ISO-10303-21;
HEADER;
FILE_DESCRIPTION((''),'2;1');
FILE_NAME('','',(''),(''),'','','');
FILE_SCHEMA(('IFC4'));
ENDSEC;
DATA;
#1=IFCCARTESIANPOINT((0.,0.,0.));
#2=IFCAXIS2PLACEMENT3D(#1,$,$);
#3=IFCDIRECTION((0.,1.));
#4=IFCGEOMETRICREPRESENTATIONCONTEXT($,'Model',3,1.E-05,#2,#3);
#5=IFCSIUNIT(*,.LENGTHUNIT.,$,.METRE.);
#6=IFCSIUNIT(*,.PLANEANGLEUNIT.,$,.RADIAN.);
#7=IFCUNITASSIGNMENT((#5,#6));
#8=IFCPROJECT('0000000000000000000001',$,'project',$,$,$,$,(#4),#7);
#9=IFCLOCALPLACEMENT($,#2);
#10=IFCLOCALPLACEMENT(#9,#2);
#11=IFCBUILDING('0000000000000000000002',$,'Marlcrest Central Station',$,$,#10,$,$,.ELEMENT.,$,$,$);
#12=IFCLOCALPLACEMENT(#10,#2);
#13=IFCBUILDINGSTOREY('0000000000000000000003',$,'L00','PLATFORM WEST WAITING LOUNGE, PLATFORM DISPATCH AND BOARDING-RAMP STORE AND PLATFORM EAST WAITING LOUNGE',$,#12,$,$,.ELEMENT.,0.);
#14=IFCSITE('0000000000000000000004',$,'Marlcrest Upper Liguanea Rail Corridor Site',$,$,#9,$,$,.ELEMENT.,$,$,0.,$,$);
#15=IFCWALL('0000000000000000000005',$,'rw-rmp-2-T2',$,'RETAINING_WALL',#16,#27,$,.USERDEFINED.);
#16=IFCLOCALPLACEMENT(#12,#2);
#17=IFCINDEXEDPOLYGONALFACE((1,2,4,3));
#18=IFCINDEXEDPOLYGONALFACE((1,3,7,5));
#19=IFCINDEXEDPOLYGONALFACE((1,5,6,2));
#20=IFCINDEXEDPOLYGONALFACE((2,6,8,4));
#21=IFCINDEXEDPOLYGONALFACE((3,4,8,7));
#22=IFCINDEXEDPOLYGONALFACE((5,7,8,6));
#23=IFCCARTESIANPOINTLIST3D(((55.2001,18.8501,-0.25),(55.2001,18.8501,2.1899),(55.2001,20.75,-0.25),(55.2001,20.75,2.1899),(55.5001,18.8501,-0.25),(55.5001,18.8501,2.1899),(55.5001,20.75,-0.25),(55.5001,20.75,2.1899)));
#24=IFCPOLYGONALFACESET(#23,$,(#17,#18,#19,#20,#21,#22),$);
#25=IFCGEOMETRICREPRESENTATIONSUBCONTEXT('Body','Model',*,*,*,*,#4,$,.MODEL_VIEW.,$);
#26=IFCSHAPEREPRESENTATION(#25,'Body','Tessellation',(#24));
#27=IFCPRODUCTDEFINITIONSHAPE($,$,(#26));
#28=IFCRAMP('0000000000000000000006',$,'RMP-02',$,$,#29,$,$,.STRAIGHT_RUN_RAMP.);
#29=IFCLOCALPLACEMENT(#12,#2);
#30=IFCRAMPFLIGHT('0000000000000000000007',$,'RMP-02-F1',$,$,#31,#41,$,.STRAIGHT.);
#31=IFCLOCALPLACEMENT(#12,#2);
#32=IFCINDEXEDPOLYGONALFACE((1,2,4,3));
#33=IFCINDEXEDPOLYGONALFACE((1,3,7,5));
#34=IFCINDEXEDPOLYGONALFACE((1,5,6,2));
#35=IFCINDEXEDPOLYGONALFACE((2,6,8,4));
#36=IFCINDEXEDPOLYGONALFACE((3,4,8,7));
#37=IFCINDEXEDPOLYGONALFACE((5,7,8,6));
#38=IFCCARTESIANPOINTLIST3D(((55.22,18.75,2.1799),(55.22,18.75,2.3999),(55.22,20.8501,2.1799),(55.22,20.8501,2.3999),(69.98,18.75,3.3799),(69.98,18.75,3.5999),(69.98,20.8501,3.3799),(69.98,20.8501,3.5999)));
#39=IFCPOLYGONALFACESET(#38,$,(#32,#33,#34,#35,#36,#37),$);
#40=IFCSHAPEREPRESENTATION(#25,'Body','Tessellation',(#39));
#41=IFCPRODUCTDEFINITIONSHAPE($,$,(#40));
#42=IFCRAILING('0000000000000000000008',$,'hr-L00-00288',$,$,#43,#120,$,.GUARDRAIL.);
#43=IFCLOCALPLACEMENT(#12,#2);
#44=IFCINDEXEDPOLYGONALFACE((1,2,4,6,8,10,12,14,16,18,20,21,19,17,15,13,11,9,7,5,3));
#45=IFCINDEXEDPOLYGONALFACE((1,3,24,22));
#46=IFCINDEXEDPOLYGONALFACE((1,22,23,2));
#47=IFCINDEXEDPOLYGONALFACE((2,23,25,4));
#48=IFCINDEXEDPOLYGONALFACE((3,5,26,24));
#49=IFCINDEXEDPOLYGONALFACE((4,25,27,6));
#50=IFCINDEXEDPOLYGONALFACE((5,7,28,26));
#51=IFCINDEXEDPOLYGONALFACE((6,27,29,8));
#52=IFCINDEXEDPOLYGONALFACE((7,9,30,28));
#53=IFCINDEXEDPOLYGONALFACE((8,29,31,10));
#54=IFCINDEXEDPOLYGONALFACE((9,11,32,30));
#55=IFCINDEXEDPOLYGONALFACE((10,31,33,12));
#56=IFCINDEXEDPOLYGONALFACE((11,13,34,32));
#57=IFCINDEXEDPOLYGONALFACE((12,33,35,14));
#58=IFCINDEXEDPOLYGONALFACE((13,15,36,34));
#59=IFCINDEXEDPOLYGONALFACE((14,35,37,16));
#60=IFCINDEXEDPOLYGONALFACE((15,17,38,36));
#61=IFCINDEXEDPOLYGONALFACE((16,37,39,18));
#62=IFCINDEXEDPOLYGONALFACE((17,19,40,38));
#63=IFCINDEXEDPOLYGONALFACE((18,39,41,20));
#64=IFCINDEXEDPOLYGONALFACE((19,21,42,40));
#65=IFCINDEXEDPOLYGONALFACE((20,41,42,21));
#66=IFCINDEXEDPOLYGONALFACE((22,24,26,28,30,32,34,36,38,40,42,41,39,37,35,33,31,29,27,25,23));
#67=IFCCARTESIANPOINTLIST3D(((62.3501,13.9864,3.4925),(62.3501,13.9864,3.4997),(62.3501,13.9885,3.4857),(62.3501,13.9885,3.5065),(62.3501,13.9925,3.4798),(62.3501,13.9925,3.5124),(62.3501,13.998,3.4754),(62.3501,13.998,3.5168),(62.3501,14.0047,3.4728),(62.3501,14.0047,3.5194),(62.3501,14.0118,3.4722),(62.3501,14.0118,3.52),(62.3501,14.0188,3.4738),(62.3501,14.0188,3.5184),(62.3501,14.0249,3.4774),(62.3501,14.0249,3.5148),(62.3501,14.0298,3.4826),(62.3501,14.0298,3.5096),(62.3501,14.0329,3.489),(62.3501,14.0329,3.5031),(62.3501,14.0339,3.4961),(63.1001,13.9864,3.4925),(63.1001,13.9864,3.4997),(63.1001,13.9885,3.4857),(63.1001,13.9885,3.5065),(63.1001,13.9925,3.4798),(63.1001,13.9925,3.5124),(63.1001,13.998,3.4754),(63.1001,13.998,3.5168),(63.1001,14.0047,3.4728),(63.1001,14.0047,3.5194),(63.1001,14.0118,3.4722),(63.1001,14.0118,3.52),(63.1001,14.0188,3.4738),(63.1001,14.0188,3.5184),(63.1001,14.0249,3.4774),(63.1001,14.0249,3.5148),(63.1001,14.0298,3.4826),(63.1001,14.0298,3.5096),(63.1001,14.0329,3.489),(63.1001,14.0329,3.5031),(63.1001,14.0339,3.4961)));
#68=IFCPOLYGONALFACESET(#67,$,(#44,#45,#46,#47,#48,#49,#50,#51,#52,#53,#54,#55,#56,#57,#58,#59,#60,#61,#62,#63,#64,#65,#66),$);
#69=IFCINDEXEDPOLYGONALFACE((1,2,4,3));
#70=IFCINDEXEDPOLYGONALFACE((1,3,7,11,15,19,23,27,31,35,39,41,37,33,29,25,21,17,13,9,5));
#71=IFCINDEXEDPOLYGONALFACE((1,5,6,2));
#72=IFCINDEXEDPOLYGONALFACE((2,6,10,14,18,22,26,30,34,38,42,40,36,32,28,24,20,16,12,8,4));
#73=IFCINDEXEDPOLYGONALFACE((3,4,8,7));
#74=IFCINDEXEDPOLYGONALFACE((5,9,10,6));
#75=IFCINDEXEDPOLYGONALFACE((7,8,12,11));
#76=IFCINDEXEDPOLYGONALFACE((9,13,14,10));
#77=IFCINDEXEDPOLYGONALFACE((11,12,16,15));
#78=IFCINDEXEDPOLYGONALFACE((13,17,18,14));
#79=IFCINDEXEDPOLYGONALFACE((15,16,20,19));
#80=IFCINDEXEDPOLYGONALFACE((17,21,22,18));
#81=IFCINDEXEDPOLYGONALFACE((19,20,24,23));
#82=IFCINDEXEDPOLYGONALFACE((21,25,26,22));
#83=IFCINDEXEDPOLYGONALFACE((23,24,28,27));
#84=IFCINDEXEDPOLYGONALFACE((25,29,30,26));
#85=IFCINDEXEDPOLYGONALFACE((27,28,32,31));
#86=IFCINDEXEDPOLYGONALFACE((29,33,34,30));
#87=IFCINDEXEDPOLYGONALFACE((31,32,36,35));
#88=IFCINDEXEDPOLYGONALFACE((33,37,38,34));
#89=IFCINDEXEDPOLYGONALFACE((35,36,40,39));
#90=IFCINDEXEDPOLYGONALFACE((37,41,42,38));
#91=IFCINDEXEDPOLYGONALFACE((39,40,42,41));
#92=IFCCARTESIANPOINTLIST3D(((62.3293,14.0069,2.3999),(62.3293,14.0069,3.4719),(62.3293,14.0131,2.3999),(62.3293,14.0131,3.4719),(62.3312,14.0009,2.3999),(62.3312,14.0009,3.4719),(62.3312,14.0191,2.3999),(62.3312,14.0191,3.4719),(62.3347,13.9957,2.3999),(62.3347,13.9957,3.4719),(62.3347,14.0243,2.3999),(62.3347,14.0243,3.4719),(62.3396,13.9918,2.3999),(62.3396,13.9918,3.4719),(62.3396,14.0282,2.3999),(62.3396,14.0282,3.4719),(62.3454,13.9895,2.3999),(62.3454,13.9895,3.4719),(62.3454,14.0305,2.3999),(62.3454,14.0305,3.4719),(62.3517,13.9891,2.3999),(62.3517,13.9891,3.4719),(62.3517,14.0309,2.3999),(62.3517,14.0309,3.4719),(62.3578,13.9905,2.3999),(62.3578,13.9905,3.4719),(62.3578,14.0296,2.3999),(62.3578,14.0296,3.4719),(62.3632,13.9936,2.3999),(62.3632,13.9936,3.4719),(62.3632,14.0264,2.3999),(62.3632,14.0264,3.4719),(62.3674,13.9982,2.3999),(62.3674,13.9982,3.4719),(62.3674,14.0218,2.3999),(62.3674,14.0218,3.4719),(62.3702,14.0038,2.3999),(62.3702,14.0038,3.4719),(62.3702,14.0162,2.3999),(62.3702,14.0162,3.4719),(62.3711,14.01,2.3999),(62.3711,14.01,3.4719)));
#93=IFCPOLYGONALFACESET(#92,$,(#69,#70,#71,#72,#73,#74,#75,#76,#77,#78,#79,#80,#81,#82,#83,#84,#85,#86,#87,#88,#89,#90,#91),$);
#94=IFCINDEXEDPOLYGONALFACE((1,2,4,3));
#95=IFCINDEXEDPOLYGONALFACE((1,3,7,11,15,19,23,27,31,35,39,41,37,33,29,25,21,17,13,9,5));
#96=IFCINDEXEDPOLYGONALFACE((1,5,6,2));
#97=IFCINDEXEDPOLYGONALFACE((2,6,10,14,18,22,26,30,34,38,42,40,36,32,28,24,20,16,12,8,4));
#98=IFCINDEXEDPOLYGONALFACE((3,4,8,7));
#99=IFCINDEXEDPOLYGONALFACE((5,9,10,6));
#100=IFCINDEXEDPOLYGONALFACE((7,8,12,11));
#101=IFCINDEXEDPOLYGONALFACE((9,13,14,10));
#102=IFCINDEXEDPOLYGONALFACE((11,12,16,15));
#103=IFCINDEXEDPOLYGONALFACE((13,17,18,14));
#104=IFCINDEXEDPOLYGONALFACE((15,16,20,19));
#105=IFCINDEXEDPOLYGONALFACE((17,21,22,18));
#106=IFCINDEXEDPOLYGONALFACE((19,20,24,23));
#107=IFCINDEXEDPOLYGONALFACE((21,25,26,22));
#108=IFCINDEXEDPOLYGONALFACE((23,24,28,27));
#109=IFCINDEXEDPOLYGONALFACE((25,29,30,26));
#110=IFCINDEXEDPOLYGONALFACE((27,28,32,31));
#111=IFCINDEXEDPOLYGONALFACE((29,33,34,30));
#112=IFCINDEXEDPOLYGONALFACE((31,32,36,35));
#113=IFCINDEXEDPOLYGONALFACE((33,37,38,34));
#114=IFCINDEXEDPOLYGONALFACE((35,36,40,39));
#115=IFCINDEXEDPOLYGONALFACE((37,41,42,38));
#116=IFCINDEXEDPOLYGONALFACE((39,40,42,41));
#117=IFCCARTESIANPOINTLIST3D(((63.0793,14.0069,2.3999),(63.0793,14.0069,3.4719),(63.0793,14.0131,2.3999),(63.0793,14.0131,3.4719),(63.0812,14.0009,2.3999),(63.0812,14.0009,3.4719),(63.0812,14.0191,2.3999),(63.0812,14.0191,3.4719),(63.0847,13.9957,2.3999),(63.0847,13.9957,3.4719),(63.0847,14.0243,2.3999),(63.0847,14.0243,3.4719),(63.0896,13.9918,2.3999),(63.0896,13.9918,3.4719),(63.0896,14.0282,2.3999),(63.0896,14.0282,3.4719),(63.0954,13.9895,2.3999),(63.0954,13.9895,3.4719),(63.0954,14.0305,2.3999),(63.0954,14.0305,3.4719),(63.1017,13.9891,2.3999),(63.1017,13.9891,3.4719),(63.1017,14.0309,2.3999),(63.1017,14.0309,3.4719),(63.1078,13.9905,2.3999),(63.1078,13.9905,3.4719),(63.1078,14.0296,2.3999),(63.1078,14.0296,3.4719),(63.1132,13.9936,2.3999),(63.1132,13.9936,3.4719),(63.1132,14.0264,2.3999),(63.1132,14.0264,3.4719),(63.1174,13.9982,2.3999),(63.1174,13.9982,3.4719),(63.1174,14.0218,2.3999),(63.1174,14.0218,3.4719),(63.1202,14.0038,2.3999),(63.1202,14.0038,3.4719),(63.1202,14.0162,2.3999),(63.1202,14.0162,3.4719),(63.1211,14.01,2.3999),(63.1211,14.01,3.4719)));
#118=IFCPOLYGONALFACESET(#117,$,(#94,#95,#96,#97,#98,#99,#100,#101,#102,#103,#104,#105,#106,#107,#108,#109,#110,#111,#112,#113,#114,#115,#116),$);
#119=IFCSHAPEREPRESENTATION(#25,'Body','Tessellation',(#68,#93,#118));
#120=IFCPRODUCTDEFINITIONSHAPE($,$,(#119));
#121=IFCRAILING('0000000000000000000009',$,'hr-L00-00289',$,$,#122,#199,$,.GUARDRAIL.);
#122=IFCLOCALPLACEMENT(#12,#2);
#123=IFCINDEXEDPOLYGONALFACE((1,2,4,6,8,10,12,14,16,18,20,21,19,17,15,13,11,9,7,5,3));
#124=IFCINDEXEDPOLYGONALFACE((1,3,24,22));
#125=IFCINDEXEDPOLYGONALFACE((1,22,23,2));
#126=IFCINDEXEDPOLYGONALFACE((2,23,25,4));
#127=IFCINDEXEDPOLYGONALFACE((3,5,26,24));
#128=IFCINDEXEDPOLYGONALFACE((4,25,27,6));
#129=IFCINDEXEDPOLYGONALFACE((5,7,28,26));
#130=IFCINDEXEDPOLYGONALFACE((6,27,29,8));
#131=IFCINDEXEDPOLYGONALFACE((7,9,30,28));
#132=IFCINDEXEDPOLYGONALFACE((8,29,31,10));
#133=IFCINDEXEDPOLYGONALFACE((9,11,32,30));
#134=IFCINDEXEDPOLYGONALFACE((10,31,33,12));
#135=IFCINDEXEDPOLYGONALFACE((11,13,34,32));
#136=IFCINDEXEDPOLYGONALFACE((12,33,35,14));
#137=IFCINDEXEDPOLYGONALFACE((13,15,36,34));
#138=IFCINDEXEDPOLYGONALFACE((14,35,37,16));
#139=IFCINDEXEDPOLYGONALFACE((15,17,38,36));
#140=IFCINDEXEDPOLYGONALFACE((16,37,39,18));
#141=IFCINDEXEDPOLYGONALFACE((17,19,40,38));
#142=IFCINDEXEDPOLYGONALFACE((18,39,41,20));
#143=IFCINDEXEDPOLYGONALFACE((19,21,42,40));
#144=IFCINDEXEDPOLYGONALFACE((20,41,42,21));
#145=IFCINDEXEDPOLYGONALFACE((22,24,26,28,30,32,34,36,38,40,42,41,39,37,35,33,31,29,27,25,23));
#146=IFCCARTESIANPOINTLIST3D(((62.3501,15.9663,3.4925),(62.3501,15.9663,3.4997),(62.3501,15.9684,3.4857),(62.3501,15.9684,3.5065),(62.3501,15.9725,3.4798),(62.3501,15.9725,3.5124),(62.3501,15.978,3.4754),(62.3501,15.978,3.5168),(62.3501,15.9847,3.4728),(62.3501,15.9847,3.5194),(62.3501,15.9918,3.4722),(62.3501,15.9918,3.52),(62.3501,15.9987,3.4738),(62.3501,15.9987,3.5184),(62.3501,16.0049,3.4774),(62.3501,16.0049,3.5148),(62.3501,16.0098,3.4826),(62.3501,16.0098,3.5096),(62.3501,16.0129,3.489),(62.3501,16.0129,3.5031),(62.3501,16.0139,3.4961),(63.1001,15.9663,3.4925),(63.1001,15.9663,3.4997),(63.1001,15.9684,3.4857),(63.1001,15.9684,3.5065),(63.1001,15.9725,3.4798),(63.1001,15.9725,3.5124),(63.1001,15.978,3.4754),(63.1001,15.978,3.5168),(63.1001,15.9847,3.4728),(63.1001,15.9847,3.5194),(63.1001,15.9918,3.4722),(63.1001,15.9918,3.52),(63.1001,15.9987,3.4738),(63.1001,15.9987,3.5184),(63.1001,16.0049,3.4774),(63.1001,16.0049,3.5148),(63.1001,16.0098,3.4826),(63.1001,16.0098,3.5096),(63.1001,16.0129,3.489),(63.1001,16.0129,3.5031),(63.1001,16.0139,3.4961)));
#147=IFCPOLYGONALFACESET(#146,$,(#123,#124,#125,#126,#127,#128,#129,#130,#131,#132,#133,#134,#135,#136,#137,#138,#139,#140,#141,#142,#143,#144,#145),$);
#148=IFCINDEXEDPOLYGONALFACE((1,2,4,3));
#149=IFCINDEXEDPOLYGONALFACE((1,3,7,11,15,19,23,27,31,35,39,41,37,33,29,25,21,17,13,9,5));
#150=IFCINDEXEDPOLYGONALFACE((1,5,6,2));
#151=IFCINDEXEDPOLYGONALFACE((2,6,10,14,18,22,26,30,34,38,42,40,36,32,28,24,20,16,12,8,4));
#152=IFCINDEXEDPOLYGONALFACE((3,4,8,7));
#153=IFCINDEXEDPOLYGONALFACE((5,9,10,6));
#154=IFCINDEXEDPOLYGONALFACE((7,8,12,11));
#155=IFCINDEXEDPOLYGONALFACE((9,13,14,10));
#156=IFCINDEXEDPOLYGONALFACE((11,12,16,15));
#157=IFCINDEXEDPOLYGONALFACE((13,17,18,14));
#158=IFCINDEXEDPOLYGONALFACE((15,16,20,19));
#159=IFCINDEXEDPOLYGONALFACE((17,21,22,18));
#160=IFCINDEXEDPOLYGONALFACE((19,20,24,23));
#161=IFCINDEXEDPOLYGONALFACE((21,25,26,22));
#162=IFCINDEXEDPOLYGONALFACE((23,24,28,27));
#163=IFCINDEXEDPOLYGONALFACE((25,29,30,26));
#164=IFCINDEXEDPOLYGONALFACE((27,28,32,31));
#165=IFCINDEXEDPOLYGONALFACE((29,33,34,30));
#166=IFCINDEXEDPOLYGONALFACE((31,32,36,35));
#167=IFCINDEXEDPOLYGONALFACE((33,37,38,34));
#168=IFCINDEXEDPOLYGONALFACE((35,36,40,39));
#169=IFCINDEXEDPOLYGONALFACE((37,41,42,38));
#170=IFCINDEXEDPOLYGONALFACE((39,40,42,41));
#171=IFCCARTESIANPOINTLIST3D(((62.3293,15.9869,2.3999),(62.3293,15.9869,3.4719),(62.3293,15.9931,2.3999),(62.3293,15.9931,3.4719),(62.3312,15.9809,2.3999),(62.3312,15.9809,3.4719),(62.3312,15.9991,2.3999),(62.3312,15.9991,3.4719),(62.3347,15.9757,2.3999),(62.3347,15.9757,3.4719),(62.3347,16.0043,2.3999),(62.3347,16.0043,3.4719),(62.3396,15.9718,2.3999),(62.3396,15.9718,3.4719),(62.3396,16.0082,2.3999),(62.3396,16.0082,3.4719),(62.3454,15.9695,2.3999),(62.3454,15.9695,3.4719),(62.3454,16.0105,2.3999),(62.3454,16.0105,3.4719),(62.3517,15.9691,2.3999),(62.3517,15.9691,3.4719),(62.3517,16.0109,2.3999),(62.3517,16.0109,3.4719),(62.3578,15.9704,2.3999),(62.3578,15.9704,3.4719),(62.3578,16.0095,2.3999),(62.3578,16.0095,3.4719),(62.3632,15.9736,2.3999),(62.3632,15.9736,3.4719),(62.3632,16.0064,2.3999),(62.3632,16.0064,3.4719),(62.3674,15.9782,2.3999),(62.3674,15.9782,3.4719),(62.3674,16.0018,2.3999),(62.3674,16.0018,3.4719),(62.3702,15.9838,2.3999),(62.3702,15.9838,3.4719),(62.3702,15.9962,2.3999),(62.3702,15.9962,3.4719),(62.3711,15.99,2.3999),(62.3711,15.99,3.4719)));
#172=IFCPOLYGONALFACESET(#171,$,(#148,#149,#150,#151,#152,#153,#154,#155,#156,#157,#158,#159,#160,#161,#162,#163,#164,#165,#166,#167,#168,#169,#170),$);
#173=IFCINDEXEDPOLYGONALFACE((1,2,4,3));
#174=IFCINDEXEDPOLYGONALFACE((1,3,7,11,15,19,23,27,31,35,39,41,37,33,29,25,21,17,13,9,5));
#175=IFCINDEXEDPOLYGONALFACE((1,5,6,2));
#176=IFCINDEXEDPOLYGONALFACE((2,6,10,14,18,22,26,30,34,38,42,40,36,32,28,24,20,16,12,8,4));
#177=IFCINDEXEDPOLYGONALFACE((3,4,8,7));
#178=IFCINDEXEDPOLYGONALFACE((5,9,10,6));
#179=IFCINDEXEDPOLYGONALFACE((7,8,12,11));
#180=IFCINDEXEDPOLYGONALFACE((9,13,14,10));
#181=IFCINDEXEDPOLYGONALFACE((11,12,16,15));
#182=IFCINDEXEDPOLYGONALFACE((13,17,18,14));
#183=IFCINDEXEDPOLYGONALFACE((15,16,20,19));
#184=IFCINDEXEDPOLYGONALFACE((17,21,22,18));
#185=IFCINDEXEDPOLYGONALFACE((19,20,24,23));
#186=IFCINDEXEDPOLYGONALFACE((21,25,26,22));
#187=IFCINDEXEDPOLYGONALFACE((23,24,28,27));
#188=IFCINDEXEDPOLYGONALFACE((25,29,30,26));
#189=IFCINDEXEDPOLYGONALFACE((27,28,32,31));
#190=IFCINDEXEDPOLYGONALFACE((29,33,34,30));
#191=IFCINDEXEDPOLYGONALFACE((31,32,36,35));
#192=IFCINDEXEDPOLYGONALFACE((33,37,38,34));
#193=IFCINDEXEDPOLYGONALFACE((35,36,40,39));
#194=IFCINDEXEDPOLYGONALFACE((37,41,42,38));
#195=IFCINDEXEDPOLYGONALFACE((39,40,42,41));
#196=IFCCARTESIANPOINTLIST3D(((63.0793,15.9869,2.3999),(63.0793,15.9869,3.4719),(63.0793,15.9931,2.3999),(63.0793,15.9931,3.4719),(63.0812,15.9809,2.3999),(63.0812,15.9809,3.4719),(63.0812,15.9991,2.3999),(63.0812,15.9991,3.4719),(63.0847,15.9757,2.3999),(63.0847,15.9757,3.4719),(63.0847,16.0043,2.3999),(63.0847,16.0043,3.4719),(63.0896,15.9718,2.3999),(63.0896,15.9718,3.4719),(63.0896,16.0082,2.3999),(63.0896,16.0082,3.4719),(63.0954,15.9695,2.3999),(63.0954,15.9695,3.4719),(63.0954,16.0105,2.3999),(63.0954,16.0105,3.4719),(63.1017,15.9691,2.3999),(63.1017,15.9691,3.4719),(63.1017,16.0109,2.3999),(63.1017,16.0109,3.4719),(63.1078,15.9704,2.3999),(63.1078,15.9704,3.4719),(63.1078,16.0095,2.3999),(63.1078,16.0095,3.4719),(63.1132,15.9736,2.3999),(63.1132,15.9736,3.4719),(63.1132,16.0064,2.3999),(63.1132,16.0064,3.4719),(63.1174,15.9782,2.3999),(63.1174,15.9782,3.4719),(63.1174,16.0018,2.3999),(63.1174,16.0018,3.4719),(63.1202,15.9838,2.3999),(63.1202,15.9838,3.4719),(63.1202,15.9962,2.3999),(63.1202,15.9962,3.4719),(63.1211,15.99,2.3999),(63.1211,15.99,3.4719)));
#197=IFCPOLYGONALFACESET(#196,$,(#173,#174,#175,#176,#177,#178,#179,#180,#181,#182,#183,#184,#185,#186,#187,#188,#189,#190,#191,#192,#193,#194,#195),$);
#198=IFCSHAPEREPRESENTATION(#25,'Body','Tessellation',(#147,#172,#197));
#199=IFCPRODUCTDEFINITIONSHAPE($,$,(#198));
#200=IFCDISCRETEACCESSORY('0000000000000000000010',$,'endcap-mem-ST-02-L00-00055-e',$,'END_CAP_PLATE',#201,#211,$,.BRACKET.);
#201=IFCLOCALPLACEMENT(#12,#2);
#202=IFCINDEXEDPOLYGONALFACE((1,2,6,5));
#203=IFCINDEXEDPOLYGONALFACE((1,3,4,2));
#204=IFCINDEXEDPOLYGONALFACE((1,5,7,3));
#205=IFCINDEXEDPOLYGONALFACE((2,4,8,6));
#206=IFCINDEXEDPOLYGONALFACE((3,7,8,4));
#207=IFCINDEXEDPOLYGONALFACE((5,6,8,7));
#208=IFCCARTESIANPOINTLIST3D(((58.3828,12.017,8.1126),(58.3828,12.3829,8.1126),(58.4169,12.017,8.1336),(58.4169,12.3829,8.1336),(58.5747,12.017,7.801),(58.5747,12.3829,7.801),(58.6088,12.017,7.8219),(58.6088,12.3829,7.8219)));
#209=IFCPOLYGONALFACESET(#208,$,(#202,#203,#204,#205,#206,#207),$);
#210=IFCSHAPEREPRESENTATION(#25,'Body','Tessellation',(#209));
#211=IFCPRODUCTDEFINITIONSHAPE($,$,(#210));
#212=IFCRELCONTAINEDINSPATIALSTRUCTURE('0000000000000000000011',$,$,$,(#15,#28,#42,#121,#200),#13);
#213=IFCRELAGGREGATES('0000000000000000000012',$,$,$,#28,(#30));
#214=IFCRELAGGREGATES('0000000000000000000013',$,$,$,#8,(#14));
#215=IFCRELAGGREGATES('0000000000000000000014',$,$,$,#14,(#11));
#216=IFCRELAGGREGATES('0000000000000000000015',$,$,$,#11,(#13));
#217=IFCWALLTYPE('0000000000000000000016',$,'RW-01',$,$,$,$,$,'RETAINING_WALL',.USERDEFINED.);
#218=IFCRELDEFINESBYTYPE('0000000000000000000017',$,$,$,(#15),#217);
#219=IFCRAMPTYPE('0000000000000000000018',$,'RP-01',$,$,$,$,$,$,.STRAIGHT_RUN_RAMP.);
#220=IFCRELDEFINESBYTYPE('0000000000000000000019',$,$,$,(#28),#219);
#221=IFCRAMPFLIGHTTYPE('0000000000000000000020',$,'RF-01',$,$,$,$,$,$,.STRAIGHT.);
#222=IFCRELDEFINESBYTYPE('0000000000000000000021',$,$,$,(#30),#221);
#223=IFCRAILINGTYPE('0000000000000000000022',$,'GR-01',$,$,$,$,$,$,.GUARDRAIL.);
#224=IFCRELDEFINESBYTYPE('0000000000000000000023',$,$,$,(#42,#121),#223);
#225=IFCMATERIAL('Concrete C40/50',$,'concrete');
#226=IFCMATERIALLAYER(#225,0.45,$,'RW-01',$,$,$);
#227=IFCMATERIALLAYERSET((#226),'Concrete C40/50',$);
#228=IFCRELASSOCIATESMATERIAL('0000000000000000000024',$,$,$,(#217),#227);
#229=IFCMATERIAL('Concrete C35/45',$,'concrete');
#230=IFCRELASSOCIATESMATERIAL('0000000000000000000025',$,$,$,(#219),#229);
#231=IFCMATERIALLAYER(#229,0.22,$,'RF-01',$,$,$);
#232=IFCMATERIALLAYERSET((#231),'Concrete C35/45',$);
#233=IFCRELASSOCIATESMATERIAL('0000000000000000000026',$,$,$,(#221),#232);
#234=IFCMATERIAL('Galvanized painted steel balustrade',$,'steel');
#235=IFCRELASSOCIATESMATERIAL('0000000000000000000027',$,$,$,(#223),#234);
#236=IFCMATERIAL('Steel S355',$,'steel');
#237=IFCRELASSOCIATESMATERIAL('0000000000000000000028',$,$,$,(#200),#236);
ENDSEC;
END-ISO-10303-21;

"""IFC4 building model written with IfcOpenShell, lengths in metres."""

from ifc_helpers import new_model, si_unit, direction, frame, frame_2d, origin, origin_2d, place, context, subcontext, project, spatial, polyline, rectangle, circle, outline, extrude, material, layer, layer_set, type_object, element, aggregate, save


model = new_model("IFC4")

# Units and contexts
model_context = context("Model", 3, precision=1e-05, world=origin(), true_north=direction((0.0, 1.0)))
body_context = subcontext(model_context, "Body", "Model", "MODEL_VIEW")
ifc_project = project(units=[si_unit("LENGTHUNIT", "METRE"), si_unit("PLANEANGLEUNIT", "RADIAN")], contexts=[model_context])

# Site, building, storey
site_placement = place(None, origin())
site = spatial("IfcSite", under=ifc_project, at=site_placement, Name="Marlcrest Upper Liguanea Rail Corridor Site", CompositionType="ELEMENT", RefElevation=0.0)
building_placement = place(site_placement, origin())
building = spatial("IfcBuilding", under=site, at=building_placement, Name="Marlcrest Central Station", CompositionType="ELEMENT")
storey_placement = place(building_placement, origin())
storey = spatial("IfcBuildingStorey", under=building, at=storey_placement, Name="L00", Description="PLATFORM WEST WAITING LOUNGE, PLATFORM DISPATCH AND BOARDING-RAMP STORE AND PLATFORM EAST WAITING LOUNGE", CompositionType="ELEMENT", Elevation=0.0)

# Shared definitions
ifc_material_1 = material(Name="Concrete C35/45", Category="concrete")

# Shared definitions
ifc_material_2 = material(Name="Concrete C40/50", Category="concrete")

# Shared definitions
ifc_material_3 = material(Name="Steel S355", Category="steel")

# Wall
ifc_layer_1 = layer(ifc_material_2, 0.45, Name="RW-01")
ifc_layer_set_1 = layer_set([ifc_layer_1], Name="Concrete C40/50")
wall_type_1 = type_object("IfcWallType", Name="RW-01", ElementType="RETAINING_WALL", PredefinedType="USERDEFINED", material=ifc_layer_set_1)
wall_1_placement = place(storey_placement, frame((55.3501, 18.8501, -0.25), z_axis=(0.0, 0.0, 1.0), x_axis=(0.0, 1.0, 0.0)))
element("IfcWall", 1, at=wall_1_placement, inside=storey, type_object=wall_type_1, Name="rw-rmp-2-T2", ObjectType="RETAINING_WALL", PredefinedType="USERDEFINED", context=body_context, shape_type="SweptSolid", body=[
    extrude(rectangle(XDim=1.8999, YDim=0.3, at=frame_2d((0.95, 0.0))), origin(), (0.0, 0.0, 1.0), 2.4399),
])

# Ramp, ramp flight
ramp_type = type_object("IfcRampType", Name="RP-01", PredefinedType="STRAIGHT_RUN_RAMP", material=ifc_material_1)
ramp_placement = place(storey_placement, origin())
ramp = element("IfcRamp", 2, at=ramp_placement, inside=storey, type_object=ramp_type, Name="RMP-02", PredefinedType="STRAIGHT_RUN_RAMP")
ifc_layer_2 = layer(ifc_material_1, 0.22, Name="RF-01")
ifc_layer_set_2 = layer_set([ifc_layer_2], Name="Concrete C35/45")
ramp_flight_type = type_object("IfcRampFlightType", Name="RF-01", PredefinedType="STRAIGHT", material=ifc_layer_set_2)
ramp_flight_placement = place(storey_placement, frame((55.22, 19.8, 2.3999), z_axis=(0.0, 0.0, 1.0), x_axis=(1.0, 0.0, 0.0)))
ramp_flight = element("IfcRampFlight", 3, at=ramp_flight_placement, type_object=ramp_flight_type, Name="RMP-02-F1", PredefinedType="STRAIGHT", context=body_context, shape_type="SweptSolid", body=[
    extrude(outline(polyline([(0.0, -0.22), (0.0, 0.0), (14.76, 1.2), (14.76, 0.98), (0.0, -0.22)])), frame((0.0, 1.05, 0.0), z_axis=(0.0, -1.0, 0.0), x_axis=(1.0, 0.0, 0.0)), (0.0, 0.0, 1.0), 2.1001),
])
aggregate(ramp, [ramp_flight])

# Railings
ifc_material_4 = material(Name="Galvanized painted steel balustrade", Category="steel")
railing_type_1 = type_object("IfcRailingType", Name="GR-01", PredefinedType="GUARDRAIL", material=ifc_material_4)
for number, where, name in (
    (4, (62.3501, 14.01, 2.3999), "hr-L00-00288"),
    (5, (62.3501, 15.99, 2.3999), "hr-L00-00289"),
):
    element("IfcRailing", number, at=place(storey_placement, frame(where)), inside=storey, type_object=railing_type_1, Name=name, PredefinedType="GUARDRAIL", context=body_context, shape_type="SweptSolid", body=[
        extrude(circle(Radius=0.0239, at=origin_2d()), frame((0.0, 0.0, 1.0962), z_axis=(1.0, 0.0, 0.0), x_axis=(0.0, 1.0, 0.0)), (0.0, 0.0, 1.0), 0.75),
        extrude(circle(Radius=0.021, at=origin_2d()), origin(), (0.0, 0.0, 1.0), 1.072),
        extrude(circle(Radius=0.021, at=origin_2d()), frame((0.75, 0.0, 0.0)), (0.0, 0.0, 1.0), 1.072),
    ])

# Discrete accessory
for number, where, z_axis, x_axis, name in (
    (6, (58.4788, 12.2, 7.9568), (0.851592, 0.0, 0.524206), (0.0, 1.0, 0.0), "endcap-mem-ST-02-L00-00055-e"),
):
    element("IfcDiscreteAccessory", number, at=place(storey_placement, frame(where, z_axis=z_axis, x_axis=x_axis)), inside=storey, material=ifc_material_3, Name=name, ObjectType="END_CAP_PLATE", PredefinedType="BRACKET", context=body_context, shape_type="SweptSolid", body=[
        extrude(rectangle(XDim=0.366, YDim=0.366, at=origin_2d()), origin(), (0.0, 0.0, 1.0), 0.04),
    ])

save(model, "model.ifc")
